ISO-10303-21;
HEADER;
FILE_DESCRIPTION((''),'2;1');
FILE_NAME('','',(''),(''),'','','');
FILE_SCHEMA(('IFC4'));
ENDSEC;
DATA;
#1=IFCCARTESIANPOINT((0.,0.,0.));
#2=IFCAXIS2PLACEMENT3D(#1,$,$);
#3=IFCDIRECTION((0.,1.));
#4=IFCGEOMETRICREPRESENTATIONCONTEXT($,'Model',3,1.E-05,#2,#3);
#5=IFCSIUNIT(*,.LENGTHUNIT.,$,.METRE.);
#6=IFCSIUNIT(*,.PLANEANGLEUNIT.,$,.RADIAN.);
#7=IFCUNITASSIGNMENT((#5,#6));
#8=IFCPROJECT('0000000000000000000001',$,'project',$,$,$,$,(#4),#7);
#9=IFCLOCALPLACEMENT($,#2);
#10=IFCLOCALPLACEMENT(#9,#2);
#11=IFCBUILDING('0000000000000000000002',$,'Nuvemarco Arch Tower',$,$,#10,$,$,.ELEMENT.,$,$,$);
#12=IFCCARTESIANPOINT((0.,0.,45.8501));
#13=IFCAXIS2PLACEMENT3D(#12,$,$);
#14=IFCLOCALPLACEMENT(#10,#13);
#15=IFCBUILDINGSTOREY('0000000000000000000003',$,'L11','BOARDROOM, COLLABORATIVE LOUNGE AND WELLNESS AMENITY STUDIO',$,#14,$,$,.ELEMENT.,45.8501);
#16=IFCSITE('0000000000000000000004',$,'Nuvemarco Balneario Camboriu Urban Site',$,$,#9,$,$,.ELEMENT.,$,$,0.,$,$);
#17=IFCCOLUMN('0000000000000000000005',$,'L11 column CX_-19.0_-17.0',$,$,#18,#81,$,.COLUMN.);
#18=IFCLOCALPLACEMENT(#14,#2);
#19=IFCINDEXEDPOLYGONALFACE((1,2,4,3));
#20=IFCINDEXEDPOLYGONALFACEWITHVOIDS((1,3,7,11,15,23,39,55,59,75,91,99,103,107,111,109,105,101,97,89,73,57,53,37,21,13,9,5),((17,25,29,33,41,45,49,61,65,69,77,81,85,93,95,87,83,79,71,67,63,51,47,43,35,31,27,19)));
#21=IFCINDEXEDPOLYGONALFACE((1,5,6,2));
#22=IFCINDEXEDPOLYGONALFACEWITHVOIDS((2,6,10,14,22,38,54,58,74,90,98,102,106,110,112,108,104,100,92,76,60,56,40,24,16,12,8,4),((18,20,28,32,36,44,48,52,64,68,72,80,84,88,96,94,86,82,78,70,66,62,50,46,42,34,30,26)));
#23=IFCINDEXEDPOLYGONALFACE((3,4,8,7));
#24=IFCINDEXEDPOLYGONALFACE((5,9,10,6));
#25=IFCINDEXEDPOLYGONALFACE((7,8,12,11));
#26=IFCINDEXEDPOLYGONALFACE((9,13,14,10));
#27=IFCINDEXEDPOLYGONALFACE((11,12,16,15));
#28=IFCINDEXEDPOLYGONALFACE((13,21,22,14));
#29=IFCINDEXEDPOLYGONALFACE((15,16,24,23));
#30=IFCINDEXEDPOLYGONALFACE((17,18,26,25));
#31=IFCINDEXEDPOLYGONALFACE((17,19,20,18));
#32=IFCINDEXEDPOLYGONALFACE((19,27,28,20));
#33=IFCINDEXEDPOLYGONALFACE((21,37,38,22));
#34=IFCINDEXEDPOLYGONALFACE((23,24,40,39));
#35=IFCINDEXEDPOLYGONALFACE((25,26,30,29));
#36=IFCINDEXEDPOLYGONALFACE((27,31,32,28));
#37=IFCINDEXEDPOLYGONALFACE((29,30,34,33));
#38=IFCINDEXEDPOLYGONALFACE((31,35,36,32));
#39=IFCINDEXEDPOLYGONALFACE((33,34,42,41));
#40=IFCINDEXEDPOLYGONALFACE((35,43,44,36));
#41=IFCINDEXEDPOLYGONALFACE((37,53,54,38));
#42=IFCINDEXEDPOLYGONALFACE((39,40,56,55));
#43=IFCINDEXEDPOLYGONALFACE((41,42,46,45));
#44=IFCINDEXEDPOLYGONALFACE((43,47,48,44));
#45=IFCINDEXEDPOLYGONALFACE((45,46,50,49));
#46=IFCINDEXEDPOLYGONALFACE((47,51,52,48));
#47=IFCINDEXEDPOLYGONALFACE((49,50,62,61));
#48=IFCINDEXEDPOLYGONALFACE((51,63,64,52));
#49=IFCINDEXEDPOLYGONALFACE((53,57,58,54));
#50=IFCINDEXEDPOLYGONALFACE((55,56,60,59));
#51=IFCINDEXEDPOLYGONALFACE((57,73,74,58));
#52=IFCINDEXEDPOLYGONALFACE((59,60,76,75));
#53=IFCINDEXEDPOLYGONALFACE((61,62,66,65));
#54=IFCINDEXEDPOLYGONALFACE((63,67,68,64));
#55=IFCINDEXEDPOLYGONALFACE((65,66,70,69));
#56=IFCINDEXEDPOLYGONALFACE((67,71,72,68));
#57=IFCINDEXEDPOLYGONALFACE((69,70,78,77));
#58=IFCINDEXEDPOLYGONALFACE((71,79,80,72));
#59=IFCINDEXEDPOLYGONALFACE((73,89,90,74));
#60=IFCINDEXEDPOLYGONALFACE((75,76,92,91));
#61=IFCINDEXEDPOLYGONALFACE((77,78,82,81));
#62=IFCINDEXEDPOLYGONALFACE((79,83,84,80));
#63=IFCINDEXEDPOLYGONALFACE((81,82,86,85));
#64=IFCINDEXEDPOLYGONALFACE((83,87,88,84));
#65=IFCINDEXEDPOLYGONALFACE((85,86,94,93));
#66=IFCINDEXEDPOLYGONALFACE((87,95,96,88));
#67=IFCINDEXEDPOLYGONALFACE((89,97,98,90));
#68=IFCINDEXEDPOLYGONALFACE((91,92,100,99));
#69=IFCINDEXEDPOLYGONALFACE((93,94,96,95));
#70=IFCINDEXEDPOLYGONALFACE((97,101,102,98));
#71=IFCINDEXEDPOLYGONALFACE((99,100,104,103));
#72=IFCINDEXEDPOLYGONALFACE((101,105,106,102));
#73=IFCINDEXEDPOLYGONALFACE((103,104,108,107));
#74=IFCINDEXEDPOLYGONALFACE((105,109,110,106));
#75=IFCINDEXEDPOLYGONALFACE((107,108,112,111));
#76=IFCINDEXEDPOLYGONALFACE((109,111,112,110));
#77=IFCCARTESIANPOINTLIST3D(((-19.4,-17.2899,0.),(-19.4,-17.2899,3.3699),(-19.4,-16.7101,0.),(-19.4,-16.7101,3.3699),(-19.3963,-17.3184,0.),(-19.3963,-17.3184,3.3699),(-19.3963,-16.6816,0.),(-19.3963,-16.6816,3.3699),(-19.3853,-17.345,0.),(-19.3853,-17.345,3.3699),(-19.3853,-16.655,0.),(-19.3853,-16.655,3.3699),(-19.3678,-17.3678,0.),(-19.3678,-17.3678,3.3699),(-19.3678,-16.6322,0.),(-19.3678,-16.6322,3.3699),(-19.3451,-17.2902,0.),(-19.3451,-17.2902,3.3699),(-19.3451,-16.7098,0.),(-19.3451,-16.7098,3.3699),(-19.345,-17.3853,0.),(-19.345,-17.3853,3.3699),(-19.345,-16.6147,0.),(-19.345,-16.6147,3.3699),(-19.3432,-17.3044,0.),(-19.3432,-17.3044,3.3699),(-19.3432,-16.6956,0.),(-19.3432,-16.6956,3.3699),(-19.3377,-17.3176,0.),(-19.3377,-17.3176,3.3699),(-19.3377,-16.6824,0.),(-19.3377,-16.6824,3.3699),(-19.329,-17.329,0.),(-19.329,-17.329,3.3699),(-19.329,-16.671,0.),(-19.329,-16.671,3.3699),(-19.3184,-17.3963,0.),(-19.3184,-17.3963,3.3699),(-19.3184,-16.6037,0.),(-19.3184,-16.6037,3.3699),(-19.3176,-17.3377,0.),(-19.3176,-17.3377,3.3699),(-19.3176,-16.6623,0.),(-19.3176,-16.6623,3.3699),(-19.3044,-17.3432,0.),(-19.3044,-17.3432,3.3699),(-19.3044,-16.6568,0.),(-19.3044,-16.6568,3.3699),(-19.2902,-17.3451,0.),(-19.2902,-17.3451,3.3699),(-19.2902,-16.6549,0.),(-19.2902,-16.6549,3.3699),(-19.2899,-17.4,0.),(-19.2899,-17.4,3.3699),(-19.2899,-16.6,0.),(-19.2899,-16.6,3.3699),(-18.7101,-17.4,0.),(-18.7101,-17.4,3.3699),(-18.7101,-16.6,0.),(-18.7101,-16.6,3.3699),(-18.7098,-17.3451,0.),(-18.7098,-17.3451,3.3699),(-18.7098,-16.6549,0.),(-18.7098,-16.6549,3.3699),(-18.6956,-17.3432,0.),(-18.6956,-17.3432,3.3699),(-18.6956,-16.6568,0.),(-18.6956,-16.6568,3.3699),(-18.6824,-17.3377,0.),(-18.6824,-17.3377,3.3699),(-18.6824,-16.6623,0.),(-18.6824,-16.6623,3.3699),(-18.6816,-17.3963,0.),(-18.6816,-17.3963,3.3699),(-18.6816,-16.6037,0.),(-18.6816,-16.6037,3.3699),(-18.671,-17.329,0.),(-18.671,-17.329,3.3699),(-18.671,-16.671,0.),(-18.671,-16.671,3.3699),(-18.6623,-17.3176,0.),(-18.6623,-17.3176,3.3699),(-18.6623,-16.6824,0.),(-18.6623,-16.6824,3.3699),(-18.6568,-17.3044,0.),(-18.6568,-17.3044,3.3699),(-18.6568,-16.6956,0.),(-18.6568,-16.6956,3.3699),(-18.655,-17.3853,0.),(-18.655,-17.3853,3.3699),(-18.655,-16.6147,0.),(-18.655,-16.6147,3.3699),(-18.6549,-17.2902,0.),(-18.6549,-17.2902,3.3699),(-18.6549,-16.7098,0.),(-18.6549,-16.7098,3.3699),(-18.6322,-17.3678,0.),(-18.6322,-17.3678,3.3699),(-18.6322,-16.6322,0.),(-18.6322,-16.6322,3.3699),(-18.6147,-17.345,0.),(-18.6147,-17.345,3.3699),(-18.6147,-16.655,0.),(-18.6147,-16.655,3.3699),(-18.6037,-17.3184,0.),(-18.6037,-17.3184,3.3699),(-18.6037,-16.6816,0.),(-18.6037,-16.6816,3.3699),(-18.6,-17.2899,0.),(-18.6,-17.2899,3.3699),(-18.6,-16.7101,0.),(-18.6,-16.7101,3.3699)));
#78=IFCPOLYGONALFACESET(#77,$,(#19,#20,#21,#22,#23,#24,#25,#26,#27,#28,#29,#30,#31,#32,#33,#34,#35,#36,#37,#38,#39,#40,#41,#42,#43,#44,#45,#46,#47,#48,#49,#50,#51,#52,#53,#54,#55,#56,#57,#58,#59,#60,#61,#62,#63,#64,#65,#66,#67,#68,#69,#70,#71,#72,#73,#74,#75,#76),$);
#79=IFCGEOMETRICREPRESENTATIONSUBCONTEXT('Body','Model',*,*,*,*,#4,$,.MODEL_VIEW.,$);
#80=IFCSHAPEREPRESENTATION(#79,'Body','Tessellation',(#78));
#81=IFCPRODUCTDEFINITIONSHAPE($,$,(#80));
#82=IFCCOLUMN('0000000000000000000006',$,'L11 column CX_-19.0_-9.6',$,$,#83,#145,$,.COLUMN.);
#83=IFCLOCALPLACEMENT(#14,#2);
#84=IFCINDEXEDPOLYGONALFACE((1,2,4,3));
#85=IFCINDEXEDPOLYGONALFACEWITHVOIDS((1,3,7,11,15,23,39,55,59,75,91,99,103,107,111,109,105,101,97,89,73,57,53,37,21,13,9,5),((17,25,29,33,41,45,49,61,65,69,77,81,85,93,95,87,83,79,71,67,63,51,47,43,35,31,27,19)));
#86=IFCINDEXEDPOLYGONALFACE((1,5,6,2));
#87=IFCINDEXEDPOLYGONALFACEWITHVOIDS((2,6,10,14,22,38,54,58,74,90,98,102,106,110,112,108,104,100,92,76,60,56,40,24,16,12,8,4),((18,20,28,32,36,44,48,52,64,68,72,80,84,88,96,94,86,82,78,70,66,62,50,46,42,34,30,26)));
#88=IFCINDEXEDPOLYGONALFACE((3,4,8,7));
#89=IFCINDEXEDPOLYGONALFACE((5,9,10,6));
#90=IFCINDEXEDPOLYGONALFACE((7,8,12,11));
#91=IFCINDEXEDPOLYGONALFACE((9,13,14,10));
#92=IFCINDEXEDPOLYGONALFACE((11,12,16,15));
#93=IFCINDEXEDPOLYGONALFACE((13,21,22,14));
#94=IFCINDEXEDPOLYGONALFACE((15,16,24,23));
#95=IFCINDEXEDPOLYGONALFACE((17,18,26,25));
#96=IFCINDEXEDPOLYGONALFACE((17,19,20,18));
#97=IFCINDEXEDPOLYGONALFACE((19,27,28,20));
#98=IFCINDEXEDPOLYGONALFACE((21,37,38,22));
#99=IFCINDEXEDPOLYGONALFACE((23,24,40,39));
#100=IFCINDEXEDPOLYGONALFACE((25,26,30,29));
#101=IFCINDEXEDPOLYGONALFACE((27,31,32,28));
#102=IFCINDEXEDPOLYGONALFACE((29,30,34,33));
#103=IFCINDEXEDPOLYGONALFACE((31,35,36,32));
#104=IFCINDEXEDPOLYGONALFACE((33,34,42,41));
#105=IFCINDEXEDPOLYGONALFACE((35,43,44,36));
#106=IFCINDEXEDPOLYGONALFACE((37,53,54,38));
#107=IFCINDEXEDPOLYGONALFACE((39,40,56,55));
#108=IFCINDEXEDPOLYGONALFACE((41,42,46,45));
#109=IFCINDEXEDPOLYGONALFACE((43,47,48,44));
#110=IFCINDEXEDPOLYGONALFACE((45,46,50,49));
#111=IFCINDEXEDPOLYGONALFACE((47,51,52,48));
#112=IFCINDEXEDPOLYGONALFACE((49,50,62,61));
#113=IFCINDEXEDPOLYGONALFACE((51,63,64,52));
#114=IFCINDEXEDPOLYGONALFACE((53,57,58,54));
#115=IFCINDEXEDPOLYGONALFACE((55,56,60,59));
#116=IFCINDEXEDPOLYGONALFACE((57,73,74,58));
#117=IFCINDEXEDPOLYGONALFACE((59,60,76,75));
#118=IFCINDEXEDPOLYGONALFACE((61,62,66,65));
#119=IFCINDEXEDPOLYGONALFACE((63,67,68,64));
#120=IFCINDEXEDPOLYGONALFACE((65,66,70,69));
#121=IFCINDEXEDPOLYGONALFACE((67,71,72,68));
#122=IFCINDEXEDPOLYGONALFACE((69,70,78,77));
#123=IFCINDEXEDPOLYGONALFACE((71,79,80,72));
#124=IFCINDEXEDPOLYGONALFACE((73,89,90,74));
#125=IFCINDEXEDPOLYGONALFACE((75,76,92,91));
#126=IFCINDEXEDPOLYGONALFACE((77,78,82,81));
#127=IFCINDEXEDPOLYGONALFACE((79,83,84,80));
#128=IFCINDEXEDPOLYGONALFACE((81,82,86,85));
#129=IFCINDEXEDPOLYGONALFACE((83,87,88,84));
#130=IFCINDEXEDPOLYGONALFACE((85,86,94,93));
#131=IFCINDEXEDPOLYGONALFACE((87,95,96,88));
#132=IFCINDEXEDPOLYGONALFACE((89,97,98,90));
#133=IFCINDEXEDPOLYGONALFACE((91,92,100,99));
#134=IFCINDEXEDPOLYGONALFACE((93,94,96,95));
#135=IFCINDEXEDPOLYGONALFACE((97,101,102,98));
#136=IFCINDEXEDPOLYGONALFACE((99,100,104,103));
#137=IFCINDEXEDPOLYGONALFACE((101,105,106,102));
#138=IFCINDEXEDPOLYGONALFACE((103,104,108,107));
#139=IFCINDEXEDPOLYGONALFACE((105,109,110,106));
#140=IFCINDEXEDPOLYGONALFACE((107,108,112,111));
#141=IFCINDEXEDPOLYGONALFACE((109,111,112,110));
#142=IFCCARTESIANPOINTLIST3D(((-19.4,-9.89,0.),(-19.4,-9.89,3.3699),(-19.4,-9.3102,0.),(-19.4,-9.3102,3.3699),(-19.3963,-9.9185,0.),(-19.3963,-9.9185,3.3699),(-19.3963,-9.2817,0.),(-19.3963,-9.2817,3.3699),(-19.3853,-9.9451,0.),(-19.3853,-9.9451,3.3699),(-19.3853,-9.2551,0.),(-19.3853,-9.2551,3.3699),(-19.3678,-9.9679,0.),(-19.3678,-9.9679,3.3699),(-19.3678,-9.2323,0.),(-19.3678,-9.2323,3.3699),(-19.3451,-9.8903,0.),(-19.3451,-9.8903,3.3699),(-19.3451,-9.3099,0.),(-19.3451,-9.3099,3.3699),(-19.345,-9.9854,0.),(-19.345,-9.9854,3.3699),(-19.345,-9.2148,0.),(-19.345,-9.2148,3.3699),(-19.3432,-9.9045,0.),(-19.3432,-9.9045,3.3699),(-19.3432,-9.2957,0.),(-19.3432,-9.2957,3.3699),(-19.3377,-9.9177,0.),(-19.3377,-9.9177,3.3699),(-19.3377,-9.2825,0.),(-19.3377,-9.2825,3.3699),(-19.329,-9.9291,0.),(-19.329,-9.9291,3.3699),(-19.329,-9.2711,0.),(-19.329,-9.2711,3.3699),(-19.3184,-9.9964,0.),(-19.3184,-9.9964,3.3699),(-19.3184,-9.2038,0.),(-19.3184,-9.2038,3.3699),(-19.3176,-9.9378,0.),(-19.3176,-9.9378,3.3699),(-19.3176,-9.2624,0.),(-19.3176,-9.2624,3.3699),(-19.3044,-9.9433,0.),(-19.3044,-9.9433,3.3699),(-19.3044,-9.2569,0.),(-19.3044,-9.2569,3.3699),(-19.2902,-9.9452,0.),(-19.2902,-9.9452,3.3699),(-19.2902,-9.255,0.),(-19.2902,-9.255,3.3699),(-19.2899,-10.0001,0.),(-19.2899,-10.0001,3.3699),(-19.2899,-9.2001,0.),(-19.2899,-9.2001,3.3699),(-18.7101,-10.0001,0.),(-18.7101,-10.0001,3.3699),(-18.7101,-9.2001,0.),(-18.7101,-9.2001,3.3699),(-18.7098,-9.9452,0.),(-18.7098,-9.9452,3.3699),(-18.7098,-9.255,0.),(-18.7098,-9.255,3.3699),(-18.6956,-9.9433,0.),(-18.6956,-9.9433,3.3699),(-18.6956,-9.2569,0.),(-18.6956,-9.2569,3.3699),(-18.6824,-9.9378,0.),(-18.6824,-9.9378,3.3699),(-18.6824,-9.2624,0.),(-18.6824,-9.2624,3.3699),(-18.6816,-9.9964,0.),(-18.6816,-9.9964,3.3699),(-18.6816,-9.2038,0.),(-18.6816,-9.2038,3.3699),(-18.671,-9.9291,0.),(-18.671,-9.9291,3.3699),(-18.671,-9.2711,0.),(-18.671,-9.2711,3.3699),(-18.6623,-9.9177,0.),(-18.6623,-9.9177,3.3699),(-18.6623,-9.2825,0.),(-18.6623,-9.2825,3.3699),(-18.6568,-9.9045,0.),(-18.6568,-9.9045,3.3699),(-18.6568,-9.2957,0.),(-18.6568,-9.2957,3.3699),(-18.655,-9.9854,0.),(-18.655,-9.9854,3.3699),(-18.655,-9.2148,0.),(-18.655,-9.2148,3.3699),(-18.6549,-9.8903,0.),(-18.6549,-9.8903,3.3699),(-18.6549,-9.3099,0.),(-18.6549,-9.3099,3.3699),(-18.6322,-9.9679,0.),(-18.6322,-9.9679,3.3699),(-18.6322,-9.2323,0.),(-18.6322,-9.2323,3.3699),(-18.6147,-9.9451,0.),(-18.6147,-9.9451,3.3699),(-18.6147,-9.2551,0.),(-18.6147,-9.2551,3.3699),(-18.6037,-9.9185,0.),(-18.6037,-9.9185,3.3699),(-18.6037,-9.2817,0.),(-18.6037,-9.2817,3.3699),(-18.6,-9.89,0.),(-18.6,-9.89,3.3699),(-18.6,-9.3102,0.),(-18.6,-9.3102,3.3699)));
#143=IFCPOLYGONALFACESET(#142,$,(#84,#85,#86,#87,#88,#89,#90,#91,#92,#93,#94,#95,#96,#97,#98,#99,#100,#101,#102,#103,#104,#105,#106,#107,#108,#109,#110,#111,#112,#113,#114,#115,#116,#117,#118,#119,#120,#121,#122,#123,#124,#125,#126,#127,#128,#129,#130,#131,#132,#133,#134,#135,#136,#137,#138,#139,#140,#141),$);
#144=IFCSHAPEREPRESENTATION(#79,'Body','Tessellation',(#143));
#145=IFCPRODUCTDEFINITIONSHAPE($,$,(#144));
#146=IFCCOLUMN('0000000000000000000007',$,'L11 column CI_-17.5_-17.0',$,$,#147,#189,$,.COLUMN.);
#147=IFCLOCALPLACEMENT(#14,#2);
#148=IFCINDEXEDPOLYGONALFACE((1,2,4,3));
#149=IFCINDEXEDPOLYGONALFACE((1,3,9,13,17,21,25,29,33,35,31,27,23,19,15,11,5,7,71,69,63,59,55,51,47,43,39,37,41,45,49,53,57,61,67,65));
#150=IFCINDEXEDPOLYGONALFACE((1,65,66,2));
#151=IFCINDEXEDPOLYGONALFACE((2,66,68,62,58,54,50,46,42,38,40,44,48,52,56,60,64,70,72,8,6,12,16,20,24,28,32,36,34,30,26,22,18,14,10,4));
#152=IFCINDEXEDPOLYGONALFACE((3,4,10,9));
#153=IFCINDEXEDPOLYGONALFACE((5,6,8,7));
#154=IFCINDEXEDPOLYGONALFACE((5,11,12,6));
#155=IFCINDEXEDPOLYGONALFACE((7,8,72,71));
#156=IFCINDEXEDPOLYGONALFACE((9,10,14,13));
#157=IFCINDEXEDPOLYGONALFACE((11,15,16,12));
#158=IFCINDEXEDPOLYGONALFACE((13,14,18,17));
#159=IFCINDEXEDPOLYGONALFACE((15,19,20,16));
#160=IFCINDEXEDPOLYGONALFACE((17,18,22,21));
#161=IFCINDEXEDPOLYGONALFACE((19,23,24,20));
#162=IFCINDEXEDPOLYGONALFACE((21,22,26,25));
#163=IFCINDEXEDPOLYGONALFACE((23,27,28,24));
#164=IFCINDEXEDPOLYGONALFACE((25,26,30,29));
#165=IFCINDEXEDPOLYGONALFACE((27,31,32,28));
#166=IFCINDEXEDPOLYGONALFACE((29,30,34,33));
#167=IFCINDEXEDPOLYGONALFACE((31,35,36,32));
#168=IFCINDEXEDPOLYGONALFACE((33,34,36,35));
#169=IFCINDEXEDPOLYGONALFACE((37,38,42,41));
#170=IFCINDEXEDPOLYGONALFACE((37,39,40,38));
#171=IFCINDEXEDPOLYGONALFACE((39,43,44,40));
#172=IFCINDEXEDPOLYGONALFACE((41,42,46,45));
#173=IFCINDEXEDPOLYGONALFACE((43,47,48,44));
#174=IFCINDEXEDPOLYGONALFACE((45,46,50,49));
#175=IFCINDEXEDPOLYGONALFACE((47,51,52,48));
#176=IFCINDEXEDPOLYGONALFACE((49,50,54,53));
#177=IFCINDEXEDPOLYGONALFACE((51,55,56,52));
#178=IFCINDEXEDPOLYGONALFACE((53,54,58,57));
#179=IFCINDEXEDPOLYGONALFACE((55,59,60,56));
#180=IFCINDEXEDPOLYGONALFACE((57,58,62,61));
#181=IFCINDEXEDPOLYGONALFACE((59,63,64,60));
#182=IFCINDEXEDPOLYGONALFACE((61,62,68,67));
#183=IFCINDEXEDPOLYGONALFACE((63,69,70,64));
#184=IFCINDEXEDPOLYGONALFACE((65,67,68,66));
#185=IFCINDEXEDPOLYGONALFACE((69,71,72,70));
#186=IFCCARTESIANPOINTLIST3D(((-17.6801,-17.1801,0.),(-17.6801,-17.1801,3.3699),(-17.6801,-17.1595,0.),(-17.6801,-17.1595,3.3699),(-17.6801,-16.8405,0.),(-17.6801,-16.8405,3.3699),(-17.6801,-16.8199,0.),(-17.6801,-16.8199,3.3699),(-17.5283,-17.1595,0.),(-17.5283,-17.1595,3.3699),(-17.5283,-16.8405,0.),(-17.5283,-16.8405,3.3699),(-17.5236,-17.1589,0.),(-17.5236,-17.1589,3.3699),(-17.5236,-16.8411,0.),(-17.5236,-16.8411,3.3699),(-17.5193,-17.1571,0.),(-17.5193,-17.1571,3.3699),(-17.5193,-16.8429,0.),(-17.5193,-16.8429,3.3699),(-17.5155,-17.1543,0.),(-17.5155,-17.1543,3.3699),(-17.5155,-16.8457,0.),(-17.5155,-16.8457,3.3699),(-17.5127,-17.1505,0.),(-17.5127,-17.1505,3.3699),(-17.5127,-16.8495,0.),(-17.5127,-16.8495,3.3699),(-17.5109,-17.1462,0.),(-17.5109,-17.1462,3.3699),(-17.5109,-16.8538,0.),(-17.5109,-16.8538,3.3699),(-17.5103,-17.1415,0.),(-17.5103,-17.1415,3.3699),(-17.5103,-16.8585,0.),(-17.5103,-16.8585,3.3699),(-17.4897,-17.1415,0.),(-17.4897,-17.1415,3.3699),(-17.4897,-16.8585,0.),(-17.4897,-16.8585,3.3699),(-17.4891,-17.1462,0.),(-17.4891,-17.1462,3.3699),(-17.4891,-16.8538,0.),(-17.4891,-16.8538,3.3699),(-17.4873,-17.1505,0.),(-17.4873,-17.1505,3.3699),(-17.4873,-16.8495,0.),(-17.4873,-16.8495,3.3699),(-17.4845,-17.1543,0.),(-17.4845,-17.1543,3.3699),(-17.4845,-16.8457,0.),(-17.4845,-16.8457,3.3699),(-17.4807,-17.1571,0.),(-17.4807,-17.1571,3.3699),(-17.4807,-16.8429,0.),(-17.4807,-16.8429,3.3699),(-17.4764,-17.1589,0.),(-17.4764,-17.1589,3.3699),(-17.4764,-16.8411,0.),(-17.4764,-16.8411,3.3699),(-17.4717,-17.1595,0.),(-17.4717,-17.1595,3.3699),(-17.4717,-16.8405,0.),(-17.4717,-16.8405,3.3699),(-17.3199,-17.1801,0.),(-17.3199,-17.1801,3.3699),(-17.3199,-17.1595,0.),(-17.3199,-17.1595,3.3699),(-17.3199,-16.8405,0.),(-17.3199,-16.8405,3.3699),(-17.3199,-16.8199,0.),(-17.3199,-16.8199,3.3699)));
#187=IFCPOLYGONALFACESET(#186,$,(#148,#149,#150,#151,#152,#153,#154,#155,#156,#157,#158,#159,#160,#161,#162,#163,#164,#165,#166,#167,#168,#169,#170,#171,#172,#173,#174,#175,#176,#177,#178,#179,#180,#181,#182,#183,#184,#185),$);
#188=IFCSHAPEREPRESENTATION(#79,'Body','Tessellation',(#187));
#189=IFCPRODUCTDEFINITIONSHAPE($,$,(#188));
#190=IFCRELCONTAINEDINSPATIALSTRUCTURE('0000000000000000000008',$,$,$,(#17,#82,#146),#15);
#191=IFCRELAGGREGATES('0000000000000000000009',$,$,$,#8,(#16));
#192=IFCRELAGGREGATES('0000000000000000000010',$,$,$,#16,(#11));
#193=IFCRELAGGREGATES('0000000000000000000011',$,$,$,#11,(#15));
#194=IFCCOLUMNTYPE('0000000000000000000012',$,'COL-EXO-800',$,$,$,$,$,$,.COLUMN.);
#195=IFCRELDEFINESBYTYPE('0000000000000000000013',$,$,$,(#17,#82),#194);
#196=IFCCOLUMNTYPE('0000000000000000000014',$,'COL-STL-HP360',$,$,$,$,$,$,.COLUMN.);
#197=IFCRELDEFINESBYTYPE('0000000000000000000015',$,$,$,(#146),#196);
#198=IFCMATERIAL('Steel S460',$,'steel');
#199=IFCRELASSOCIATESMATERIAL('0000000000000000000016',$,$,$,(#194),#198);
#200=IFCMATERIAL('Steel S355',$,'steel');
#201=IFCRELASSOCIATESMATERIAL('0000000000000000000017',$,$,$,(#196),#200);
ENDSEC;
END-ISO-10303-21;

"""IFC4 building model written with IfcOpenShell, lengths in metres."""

from ifc_helpers import new_model, si_unit, direction, frame, origin, origin_2d, place, context, subcontext, project, spatial, hollow_rectangle, i_section, extrude, material, material_profile, profile_set, type_object, element, save


model = new_model("IFC4")

# Units and contexts
model_context = context("Model", 3, precision=1e-05, world=origin(), true_north=direction((0.0, 1.0)))
body_context = subcontext(model_context, "Body", "Model", "MODEL_VIEW")
ifc_project = project(units=[si_unit("LENGTHUNIT", "METRE"), si_unit("PLANEANGLEUNIT", "RADIAN")], contexts=[model_context])

# Site, building, storey
site_placement = place(None, origin())
site = spatial("IfcSite", under=ifc_project, at=site_placement, Name="Nuvemarco Balneario Camboriu Urban Site", CompositionType="ELEMENT", RefElevation=0.0)
building_placement = place(site_placement, origin())
building = spatial("IfcBuilding", under=site, at=building_placement, Name="Nuvemarco Arch Tower", CompositionType="ELEMENT")
storey_placement = place(building_placement, frame((0.0, 0.0, 45.8501)))
storey = spatial("IfcBuildingStorey", under=building, at=storey_placement, Name="L11", Description="BOARDROOM, COLLABORATIVE LOUNGE AND WELLNESS AMENITY STUDIO", CompositionType="ELEMENT", Elevation=45.8501)

# Columns
ifc_material_1 = material(Name="Steel S460", Category="steel")
ifc_material_profile_1 = material_profile(ifc_material_1, hollow_rectangle(XDim=0.8, YDim=0.8, WallThickness=0.0549, InnerFilletRadius=0.0549, OuterFilletRadius=0.1101, at=origin_2d()), Name="SHS800x800x55")
ifc_profile_set_1 = profile_set([ifc_material_profile_1], Name="Steel S460")
column_type_1 = type_object("IfcColumnType", Name="COL-EXO-800", PredefinedType="COLUMN", material=ifc_profile_set_1)
for number, where, z_axis, x_axis, name in (
    (1, (-19.0, -17.0, 0.0), (0.0, 0.0, 1.0), (1.0, 0.0, 0.0), "L11 column CX_-19.0_-17.0"),
    (2, (-19.0, -9.6001, 0.0), (0.0, 0.0, 1.0), (1.0, 0.0, 0.0), "L11 column CX_-19.0_-9.6"),
):
    element("IfcColumn", number, at=place(storey_placement, frame(where, z_axis=z_axis, x_axis=x_axis)), inside=storey, type_object=column_type_1, Name=name, PredefinedType="COLUMN", context=body_context, shape_type="SweptSolid", body=[
        extrude(hollow_rectangle(XDim=0.8, YDim=0.8, WallThickness=0.0549, InnerFilletRadius=0.0549, OuterFilletRadius=0.1101, at=origin_2d()), origin(), (0.0, 0.0, 1.0), 3.3699),
    ])
ifc_material_2 = material(Name="Steel S355", Category="steel")
ifc_material_profile_2 = material_profile(ifc_material_2, i_section(OverallWidth=0.3601, OverallDepth=0.3601, WebThickness=0.0205, FlangeThickness=0.0205, FilletRadius=0.0181, at=origin_2d()), Name="HP360x174")
ifc_profile_set_2 = profile_set([ifc_material_profile_2], Name="Steel S355")
column_type_2 = type_object("IfcColumnType", Name="COL-STL-HP360", PredefinedType="COLUMN", material=ifc_profile_set_2)
column_placement = place(storey_placement, frame((-17.5, -17.0, 0.0), z_axis=(0.0, 0.0, 1.0), x_axis=(1.0, 0.0, 0.0)))
element("IfcColumn", 3, at=column_placement, inside=storey, type_object=column_type_2, Name="L11 column CI_-17.5_-17.0", PredefinedType="COLUMN", context=body_context, shape_type="SweptSolid", body=[
    extrude(i_section(OverallWidth=0.3601, OverallDepth=0.3601, WebThickness=0.0205, FlangeThickness=0.0205, FilletRadius=0.0181, at=origin_2d()), origin(), (0.0, 0.0, 1.0), 3.3699),
])

save(model, "model.ifc")
